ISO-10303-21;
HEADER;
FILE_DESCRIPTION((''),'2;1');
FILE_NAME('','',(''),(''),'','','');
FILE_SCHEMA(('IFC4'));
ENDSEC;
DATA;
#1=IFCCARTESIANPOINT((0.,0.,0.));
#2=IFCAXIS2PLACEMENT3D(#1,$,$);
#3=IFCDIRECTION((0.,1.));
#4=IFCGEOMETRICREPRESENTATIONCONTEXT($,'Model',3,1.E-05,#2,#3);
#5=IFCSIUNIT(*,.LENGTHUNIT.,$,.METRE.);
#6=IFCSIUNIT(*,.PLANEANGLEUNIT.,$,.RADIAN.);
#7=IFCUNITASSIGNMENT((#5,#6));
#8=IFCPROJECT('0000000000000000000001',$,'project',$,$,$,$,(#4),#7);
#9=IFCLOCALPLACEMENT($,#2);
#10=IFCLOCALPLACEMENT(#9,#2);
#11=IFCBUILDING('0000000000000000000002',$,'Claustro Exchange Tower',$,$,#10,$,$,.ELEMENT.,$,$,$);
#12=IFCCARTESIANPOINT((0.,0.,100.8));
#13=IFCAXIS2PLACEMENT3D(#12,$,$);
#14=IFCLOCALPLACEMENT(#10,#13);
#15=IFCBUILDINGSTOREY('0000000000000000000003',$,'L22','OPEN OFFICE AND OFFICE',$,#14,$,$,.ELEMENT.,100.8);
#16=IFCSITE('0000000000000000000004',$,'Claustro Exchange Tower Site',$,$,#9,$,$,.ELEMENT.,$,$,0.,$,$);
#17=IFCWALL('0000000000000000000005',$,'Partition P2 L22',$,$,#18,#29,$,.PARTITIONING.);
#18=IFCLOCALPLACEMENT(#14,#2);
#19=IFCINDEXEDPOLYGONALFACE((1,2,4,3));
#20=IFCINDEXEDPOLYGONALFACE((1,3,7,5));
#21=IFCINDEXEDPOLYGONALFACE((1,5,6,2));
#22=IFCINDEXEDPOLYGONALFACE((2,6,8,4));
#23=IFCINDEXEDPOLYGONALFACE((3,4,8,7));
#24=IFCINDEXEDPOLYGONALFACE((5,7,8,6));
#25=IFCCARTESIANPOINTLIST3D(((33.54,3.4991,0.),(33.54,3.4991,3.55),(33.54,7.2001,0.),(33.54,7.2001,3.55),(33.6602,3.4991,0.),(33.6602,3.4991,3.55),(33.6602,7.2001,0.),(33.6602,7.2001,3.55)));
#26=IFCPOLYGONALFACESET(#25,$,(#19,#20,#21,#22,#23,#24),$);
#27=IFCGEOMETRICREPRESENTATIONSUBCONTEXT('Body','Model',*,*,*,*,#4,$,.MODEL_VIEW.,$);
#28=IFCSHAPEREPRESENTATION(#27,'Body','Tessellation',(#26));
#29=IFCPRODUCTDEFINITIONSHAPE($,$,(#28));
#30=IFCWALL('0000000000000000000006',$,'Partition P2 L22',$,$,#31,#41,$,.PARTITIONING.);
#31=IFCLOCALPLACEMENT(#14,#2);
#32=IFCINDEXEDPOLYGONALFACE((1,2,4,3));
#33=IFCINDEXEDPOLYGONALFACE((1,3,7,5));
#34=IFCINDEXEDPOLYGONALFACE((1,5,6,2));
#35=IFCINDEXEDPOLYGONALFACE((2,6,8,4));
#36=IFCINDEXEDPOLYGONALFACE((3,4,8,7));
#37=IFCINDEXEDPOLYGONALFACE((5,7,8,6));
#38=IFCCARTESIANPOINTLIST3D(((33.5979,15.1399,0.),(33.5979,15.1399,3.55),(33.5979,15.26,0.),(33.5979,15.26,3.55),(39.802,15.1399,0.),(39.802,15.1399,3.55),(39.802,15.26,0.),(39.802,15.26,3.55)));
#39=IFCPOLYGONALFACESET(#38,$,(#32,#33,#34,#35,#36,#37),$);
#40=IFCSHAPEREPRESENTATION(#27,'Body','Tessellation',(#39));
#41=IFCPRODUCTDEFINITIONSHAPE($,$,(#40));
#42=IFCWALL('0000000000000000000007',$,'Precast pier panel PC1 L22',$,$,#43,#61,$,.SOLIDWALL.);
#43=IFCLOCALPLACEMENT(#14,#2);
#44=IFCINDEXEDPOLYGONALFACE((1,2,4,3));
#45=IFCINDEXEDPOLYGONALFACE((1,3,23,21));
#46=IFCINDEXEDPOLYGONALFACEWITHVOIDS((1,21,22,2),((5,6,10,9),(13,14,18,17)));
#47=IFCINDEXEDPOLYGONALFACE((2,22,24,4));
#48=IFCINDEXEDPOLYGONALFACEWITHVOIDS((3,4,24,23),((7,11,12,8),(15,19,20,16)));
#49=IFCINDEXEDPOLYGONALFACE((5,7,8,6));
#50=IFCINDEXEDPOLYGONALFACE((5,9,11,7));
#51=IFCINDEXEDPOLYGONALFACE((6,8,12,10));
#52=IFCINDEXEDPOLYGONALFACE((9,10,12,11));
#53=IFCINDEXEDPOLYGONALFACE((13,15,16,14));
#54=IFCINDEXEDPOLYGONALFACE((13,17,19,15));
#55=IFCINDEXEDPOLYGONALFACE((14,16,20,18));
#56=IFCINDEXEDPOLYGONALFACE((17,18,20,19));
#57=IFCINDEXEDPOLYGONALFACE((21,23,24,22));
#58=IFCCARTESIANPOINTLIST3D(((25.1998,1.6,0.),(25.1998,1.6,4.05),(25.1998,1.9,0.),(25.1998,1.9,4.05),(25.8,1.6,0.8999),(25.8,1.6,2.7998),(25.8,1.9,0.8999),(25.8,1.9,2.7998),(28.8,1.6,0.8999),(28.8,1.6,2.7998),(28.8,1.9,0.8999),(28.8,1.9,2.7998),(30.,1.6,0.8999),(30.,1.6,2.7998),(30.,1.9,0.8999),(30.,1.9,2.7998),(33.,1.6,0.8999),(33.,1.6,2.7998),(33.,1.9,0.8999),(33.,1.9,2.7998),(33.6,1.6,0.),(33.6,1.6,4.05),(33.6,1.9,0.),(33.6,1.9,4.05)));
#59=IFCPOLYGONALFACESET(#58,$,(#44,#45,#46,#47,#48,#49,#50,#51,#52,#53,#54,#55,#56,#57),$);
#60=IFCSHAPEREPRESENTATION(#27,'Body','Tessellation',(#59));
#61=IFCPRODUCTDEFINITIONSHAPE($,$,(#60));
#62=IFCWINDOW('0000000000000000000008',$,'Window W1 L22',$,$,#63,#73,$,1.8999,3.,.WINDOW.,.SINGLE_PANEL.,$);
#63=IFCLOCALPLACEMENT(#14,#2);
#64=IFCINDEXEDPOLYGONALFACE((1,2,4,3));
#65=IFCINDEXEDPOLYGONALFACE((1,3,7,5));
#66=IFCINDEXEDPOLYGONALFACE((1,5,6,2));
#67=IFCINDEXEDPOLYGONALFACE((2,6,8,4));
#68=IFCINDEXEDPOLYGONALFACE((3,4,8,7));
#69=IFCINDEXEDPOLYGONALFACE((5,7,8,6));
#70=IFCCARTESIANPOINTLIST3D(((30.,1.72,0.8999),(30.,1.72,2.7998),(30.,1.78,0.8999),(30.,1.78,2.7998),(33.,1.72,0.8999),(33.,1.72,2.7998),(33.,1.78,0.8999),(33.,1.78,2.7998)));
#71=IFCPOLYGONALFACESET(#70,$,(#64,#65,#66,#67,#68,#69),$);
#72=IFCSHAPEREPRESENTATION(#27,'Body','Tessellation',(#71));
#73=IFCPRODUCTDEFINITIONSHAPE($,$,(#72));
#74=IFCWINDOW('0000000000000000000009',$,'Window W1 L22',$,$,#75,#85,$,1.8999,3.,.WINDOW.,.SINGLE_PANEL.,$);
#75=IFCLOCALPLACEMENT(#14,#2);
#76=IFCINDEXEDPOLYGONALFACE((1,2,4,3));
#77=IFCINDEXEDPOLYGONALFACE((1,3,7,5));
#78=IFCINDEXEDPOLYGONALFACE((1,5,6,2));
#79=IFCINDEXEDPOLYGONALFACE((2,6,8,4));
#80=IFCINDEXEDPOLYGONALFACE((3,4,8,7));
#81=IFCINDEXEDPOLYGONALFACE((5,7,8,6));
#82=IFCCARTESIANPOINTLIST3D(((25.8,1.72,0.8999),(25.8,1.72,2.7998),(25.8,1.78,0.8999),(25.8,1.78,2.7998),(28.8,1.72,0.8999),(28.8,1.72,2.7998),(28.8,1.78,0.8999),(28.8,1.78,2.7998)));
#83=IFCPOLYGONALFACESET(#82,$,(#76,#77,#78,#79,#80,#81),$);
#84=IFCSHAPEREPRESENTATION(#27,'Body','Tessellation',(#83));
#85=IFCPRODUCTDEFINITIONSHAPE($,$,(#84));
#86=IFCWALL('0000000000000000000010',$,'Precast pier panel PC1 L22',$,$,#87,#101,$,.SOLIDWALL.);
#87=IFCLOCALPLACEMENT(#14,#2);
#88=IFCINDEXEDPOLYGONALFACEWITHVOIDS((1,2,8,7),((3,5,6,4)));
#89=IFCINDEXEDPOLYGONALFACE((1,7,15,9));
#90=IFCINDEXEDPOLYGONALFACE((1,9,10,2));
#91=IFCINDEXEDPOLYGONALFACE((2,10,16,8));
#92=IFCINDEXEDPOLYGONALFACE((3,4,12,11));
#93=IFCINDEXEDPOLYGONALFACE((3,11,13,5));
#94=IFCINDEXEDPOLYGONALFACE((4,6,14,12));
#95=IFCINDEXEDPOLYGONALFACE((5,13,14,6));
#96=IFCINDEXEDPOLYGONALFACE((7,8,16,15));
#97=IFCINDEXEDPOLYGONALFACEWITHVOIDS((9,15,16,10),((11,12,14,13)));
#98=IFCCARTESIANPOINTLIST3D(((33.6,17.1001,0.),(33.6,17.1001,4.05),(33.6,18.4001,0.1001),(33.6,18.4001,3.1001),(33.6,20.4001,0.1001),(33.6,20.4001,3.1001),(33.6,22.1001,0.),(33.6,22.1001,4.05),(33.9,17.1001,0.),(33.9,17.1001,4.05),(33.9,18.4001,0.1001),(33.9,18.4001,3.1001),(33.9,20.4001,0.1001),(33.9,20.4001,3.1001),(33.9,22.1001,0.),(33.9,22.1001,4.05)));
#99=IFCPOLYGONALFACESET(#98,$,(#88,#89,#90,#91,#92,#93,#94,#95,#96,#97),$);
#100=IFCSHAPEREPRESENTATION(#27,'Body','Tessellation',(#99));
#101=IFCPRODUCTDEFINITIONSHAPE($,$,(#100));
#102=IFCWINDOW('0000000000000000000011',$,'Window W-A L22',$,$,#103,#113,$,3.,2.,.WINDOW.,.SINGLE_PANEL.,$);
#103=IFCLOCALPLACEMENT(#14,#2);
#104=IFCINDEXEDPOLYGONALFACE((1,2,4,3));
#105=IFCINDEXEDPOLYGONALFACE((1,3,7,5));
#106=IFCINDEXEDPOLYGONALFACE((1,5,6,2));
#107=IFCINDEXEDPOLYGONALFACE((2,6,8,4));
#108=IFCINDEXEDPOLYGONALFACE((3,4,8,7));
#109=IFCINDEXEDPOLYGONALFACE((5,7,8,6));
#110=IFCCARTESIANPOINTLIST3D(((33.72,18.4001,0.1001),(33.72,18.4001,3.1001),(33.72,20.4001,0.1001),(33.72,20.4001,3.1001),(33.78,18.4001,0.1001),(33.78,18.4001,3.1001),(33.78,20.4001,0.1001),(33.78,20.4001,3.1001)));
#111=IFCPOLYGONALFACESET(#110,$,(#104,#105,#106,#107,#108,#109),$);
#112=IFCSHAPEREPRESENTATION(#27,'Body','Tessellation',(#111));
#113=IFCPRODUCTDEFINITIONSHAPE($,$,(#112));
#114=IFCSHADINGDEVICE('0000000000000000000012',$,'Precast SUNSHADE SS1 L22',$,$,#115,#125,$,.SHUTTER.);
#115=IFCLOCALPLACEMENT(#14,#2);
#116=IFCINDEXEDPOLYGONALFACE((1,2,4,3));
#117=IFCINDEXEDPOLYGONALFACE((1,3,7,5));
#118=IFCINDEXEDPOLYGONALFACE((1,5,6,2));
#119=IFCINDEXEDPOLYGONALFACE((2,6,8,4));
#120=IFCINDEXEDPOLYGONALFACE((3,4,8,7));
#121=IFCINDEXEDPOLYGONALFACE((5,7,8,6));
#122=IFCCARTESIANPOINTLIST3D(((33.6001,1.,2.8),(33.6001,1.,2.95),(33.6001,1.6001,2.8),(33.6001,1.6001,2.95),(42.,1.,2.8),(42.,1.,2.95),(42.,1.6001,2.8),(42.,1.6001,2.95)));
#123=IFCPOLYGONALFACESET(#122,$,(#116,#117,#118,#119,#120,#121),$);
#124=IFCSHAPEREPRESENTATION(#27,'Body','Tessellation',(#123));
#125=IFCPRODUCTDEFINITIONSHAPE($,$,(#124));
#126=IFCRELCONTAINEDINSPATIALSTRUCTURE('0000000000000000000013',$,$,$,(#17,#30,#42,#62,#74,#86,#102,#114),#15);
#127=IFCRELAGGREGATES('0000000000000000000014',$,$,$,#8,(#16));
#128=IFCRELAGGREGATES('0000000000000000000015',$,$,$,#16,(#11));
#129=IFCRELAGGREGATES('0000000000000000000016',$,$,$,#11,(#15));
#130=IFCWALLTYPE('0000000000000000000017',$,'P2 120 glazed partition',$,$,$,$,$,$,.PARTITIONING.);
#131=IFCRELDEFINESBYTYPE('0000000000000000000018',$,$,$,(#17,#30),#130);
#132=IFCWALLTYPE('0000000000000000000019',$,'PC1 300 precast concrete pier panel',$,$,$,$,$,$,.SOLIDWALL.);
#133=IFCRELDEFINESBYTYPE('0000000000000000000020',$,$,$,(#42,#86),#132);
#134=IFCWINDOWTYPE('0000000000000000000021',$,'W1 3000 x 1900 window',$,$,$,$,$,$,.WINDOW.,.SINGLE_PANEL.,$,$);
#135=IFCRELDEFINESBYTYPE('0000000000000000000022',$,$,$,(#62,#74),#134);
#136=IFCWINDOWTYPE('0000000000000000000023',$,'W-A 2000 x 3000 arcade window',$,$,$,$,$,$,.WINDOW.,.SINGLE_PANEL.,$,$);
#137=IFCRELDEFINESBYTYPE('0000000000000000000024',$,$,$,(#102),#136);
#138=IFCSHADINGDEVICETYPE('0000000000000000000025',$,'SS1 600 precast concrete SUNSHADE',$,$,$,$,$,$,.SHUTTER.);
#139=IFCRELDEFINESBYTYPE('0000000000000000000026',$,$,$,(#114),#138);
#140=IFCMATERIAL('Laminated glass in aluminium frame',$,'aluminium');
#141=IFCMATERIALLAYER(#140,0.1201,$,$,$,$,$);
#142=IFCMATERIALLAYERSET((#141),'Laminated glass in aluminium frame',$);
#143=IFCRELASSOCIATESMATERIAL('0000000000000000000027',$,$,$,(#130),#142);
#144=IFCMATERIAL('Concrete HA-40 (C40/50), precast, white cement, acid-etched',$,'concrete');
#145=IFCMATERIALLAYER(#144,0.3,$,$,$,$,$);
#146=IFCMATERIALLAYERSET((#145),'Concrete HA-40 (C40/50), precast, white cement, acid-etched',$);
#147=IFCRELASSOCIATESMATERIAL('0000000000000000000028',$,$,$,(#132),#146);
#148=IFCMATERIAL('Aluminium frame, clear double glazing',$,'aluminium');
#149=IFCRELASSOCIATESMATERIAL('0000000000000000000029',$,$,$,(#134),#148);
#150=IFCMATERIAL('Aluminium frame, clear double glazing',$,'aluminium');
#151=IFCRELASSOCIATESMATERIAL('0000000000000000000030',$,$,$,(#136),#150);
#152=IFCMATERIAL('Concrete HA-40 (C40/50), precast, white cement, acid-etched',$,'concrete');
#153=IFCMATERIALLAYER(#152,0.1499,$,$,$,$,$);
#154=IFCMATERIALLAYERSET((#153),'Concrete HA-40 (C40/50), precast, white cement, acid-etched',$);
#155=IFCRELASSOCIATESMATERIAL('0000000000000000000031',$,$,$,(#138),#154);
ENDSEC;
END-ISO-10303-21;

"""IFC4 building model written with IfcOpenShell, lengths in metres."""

from ifc_helpers import new_model, si_unit, direction, frame, frame_2d, origin, origin_2d, place, context, subcontext, project, spatial, rectangle, extrude, material, layer, layer_set, type_object, element, fill, save


model = new_model("IFC4")

# Units and contexts
model_context = context("Model", 3, precision=1e-05, world=origin(), true_north=direction((0.0, 1.0)))
body_context = subcontext(model_context, "Body", "Model", "MODEL_VIEW")
ifc_project = project(units=[si_unit("LENGTHUNIT", "METRE"), si_unit("PLANEANGLEUNIT", "RADIAN")], contexts=[model_context])

# Site, building, storey
site_placement = place(None, origin())
site = spatial("IfcSite", under=ifc_project, at=site_placement, Name="Claustro Exchange Tower Site", CompositionType="ELEMENT", RefElevation=0.0)
building_placement = place(site_placement, origin())
building = spatial("IfcBuilding", under=site, at=building_placement, Name="Claustro Exchange Tower", CompositionType="ELEMENT")
storey_placement = place(building_placement, frame((0.0, 0.0, 100.8)))
storey = spatial("IfcBuildingStorey", under=building, at=storey_placement, Name="L22", Description="OPEN OFFICE AND OFFICE", CompositionType="ELEMENT", Elevation=100.8)

# Shared definitions
ifc_material_1 = material(Name="Laminated glass in aluminium frame", Category="aluminium")
ifc_layer_1 = layer(ifc_material_1, 0.1201)
ifc_layer_set_1 = layer_set([ifc_layer_1], Name="Laminated glass in aluminium frame")
wall_type_1 = type_object("IfcWallType", Name="P2 120 glazed partition", PredefinedType="PARTITIONING", material=ifc_layer_set_1)

# Walls
wall_1_placement = place(storey_placement, frame((33.6001, 3.499, 0.0), z_axis=(0.0, 0.0, 1.0), x_axis=(0.0, 1.0, 0.0)))
element("IfcWall", 1, at=wall_1_placement, inside=storey, type_object=wall_type_1, Name="Partition P2 L22", PredefinedType="PARTITIONING", context=body_context, shape_type="SweptSolid", body=[
    extrude(rectangle(XDim=3.7009, YDim=0.1201, at=frame_2d((1.8506, 0.0))), origin(), (0.0, 0.0, 1.0), 3.55),
])
wall_2_placement = place(storey_placement, frame((33.5979, 15.2, 0.0), z_axis=(0.0, 0.0, 1.0), x_axis=(1.0, 0.0, 0.0)))
element("IfcWall", 2, at=wall_2_placement, inside=storey, type_object=wall_type_1, Name="Partition P2 L22", PredefinedType="PARTITIONING", context=body_context, shape_type="SweptSolid", body=[
    extrude(rectangle(XDim=6.2041, YDim=0.1201, at=frame_2d((3.1021, 0.0))), origin(), (0.0, 0.0, 1.0), 3.55),
])

# Wall, openings, windows
ifc_material_2 = material(Name="Concrete HA-40 (C40/50), precast, white cement, acid-etched", Category="concrete")
ifc_layer_2 = layer(ifc_material_2, 0.3)
ifc_layer_set_2 = layer_set([ifc_layer_2], Name="Concrete HA-40 (C40/50), precast, white cement, acid-etched")
wall_type_2 = type_object("IfcWallType", Name="PC1 300 precast concrete pier panel", PredefinedType="SOLIDWALL", material=ifc_layer_set_2)
wall_3_placement = place(storey_placement, frame((33.6001, 1.75, 0.0), z_axis=(0.0, 0.0, 1.0), x_axis=(-1.0, 0.0, 0.0)))
wall_3 = element("IfcWall", 3, at=wall_3_placement, inside=storey, type_object=wall_type_2, Name="Precast pier panel PC1 L22", PredefinedType="SOLIDWALL", context=body_context, shape_type="SweptSolid", body=[
    extrude(rectangle(XDim=8.4001, YDim=0.3, at=frame_2d((4.2002, 0.0))), origin(), (0.0, 0.0, 1.0), 4.05),
])
opening_1_placement = place(wall_3_placement, frame((0.6001, 0.0, 0.8999)))
opening_1 = element("IfcOpeningElement", 4, at=opening_1_placement, cuts=wall_3, PredefinedType="OPENING", context=body_context, shape_type="SweptSolid", body=[
    extrude(rectangle(XDim=3.0, YDim=1.8999, at=frame_2d((1.5, 0.95))), frame((0.0, 0.1599, 0.0), z_axis=(0.0, -1.0, 0.0), x_axis=(1.0, 0.0, 0.0)), (0.0, 0.0, 1.0), 0.3201),
])
opening_2_placement = place(wall_3_placement, frame((4.8, 0.0, 0.8999)))
opening_2 = element("IfcOpeningElement", 5, at=opening_2_placement, cuts=wall_3, PredefinedType="OPENING", context=body_context, shape_type="SweptSolid", body=[
    extrude(rectangle(XDim=3.0, YDim=1.8999, at=frame_2d((1.5, 0.95))), frame((0.0, 0.1599, 0.0), z_axis=(0.0, -1.0, 0.0), x_axis=(1.0, 0.0, 0.0)), (0.0, 0.0, 1.0), 0.3201),
])
ifc_material_3 = material(Name="Aluminium frame, clear double glazing", Category="aluminium")
window_type_1 = type_object("IfcWindowType", Name="W1 3000 x 1900 window", PartitioningType="SINGLE_PANEL", PredefinedType="WINDOW", material=ifc_material_3)
window_1_placement = place(opening_1_placement, origin())
window_1 = element("IfcWindow", 6, at=window_1_placement, inside=storey, type_object=window_type_1, Name="Window W1 L22", OverallHeight=1.8999, OverallWidth=3.0, PartitioningType="SINGLE_PANEL", PredefinedType="WINDOW", context=body_context, shape_type="SweptSolid", body=[
    extrude(rectangle(XDim=3.0, YDim=1.8999, at=frame_2d((1.5, 0.95))), frame((0.0, 0.03, 0.0), z_axis=(0.0, -1.0, 0.0), x_axis=(1.0, 0.0, 0.0)), (0.0, 0.0, 1.0), 0.0601),
])
fill(opening_1, window_1)
window_2_placement = place(opening_2_placement, origin())
window_2 = element("IfcWindow", 7, at=window_2_placement, inside=storey, type_object=window_type_1, Name="Window W1 L22", OverallHeight=1.8999, OverallWidth=3.0, PartitioningType="SINGLE_PANEL", PredefinedType="WINDOW", context=body_context, shape_type="SweptSolid", body=[
    extrude(rectangle(XDim=3.0, YDim=1.8999, at=frame_2d((1.5, 0.95))), frame((0.0, 0.03, 0.0), z_axis=(0.0, -1.0, 0.0), x_axis=(1.0, 0.0, 0.0)), (0.0, 0.0, 1.0), 0.0601),
])
fill(opening_2, window_2)

# Wall, opening, window
wall_4_placement = place(storey_placement, frame((33.75, 17.1001, 0.0), z_axis=(0.0, 0.0, 1.0), x_axis=(0.0, 1.0, 0.0)))
wall_4 = element("IfcWall", 8, at=wall_4_placement, inside=storey, type_object=wall_type_2, Name="Precast pier panel PC1 L22", PredefinedType="SOLIDWALL", context=body_context, shape_type="SweptSolid", body=[
    extrude(rectangle(XDim=5.0, YDim=0.3, at=frame_2d((2.5, 0.0))), origin(), (0.0, 0.0, 1.0), 4.05),
])
opening_3_placement = place(wall_4_placement, frame((1.3, 0.0, 0.1001)))
opening_3 = element("IfcOpeningElement", 9, at=opening_3_placement, cuts=wall_4, PredefinedType="OPENING", context=body_context, shape_type="SweptSolid", body=[
    extrude(rectangle(XDim=2.0, YDim=3.0, at=frame_2d((1.0, 1.5))), frame((0.0, 0.1599, 0.0), z_axis=(0.0, -1.0, 0.0), x_axis=(1.0, 0.0, 0.0)), (0.0, 0.0, 1.0), 0.3201),
])
ifc_material_4 = material(Name="Aluminium frame, clear double glazing", Category="aluminium")
window_type_2 = type_object("IfcWindowType", Name="W-A 2000 x 3000 arcade window", PartitioningType="SINGLE_PANEL", PredefinedType="WINDOW", material=ifc_material_4)
window_3_placement = place(opening_3_placement, origin())
window_3 = element("IfcWindow", 10, at=window_3_placement, inside=storey, type_object=window_type_2, Name="Window W-A L22", OverallHeight=3.0, OverallWidth=2.0, PartitioningType="SINGLE_PANEL", PredefinedType="WINDOW", context=body_context, shape_type="SweptSolid", body=[
    extrude(rectangle(XDim=2.0, YDim=3.0, at=frame_2d((1.0, 1.5))), frame((0.0, 0.03, 0.0), z_axis=(0.0, -1.0, 0.0), x_axis=(1.0, 0.0, 0.0)), (0.0, 0.0, 1.0), 0.0601),
])
fill(opening_3, window_3)

# Shading device
ifc_material_5 = material(Name="Concrete HA-40 (C40/50), precast, white cement, acid-etched", Category="concrete")
ifc_layer_3 = layer(ifc_material_5, 0.1499)
ifc_layer_set_3 = layer_set([ifc_layer_3], Name="Concrete HA-40 (C40/50), precast, white cement, acid-etched")
shading_device_type = type_object("IfcShadingDeviceType", Name="SS1 600 precast concrete SUNSHADE", PredefinedType="SHUTTER", material=ifc_layer_set_3)
shading_device_placement = place(storey_placement, frame((37.8, 1.3, 2.8), z_axis=(0.0, 0.0, 1.0), x_axis=(-1.0, 0.0, 0.0)))
element("IfcShadingDevice", 11, at=shading_device_placement, inside=storey, type_object=shading_device_type, Name="Precast SUNSHADE SS1 L22", PredefinedType="SHUTTER", context=body_context, shape_type="SweptSolid", body=[
    extrude(rectangle(XDim=8.3999, YDim=0.6001, at=origin_2d()), origin(), (0.0, 0.0, 1.0), 0.1499),
])

save(model, "model.ifc")
